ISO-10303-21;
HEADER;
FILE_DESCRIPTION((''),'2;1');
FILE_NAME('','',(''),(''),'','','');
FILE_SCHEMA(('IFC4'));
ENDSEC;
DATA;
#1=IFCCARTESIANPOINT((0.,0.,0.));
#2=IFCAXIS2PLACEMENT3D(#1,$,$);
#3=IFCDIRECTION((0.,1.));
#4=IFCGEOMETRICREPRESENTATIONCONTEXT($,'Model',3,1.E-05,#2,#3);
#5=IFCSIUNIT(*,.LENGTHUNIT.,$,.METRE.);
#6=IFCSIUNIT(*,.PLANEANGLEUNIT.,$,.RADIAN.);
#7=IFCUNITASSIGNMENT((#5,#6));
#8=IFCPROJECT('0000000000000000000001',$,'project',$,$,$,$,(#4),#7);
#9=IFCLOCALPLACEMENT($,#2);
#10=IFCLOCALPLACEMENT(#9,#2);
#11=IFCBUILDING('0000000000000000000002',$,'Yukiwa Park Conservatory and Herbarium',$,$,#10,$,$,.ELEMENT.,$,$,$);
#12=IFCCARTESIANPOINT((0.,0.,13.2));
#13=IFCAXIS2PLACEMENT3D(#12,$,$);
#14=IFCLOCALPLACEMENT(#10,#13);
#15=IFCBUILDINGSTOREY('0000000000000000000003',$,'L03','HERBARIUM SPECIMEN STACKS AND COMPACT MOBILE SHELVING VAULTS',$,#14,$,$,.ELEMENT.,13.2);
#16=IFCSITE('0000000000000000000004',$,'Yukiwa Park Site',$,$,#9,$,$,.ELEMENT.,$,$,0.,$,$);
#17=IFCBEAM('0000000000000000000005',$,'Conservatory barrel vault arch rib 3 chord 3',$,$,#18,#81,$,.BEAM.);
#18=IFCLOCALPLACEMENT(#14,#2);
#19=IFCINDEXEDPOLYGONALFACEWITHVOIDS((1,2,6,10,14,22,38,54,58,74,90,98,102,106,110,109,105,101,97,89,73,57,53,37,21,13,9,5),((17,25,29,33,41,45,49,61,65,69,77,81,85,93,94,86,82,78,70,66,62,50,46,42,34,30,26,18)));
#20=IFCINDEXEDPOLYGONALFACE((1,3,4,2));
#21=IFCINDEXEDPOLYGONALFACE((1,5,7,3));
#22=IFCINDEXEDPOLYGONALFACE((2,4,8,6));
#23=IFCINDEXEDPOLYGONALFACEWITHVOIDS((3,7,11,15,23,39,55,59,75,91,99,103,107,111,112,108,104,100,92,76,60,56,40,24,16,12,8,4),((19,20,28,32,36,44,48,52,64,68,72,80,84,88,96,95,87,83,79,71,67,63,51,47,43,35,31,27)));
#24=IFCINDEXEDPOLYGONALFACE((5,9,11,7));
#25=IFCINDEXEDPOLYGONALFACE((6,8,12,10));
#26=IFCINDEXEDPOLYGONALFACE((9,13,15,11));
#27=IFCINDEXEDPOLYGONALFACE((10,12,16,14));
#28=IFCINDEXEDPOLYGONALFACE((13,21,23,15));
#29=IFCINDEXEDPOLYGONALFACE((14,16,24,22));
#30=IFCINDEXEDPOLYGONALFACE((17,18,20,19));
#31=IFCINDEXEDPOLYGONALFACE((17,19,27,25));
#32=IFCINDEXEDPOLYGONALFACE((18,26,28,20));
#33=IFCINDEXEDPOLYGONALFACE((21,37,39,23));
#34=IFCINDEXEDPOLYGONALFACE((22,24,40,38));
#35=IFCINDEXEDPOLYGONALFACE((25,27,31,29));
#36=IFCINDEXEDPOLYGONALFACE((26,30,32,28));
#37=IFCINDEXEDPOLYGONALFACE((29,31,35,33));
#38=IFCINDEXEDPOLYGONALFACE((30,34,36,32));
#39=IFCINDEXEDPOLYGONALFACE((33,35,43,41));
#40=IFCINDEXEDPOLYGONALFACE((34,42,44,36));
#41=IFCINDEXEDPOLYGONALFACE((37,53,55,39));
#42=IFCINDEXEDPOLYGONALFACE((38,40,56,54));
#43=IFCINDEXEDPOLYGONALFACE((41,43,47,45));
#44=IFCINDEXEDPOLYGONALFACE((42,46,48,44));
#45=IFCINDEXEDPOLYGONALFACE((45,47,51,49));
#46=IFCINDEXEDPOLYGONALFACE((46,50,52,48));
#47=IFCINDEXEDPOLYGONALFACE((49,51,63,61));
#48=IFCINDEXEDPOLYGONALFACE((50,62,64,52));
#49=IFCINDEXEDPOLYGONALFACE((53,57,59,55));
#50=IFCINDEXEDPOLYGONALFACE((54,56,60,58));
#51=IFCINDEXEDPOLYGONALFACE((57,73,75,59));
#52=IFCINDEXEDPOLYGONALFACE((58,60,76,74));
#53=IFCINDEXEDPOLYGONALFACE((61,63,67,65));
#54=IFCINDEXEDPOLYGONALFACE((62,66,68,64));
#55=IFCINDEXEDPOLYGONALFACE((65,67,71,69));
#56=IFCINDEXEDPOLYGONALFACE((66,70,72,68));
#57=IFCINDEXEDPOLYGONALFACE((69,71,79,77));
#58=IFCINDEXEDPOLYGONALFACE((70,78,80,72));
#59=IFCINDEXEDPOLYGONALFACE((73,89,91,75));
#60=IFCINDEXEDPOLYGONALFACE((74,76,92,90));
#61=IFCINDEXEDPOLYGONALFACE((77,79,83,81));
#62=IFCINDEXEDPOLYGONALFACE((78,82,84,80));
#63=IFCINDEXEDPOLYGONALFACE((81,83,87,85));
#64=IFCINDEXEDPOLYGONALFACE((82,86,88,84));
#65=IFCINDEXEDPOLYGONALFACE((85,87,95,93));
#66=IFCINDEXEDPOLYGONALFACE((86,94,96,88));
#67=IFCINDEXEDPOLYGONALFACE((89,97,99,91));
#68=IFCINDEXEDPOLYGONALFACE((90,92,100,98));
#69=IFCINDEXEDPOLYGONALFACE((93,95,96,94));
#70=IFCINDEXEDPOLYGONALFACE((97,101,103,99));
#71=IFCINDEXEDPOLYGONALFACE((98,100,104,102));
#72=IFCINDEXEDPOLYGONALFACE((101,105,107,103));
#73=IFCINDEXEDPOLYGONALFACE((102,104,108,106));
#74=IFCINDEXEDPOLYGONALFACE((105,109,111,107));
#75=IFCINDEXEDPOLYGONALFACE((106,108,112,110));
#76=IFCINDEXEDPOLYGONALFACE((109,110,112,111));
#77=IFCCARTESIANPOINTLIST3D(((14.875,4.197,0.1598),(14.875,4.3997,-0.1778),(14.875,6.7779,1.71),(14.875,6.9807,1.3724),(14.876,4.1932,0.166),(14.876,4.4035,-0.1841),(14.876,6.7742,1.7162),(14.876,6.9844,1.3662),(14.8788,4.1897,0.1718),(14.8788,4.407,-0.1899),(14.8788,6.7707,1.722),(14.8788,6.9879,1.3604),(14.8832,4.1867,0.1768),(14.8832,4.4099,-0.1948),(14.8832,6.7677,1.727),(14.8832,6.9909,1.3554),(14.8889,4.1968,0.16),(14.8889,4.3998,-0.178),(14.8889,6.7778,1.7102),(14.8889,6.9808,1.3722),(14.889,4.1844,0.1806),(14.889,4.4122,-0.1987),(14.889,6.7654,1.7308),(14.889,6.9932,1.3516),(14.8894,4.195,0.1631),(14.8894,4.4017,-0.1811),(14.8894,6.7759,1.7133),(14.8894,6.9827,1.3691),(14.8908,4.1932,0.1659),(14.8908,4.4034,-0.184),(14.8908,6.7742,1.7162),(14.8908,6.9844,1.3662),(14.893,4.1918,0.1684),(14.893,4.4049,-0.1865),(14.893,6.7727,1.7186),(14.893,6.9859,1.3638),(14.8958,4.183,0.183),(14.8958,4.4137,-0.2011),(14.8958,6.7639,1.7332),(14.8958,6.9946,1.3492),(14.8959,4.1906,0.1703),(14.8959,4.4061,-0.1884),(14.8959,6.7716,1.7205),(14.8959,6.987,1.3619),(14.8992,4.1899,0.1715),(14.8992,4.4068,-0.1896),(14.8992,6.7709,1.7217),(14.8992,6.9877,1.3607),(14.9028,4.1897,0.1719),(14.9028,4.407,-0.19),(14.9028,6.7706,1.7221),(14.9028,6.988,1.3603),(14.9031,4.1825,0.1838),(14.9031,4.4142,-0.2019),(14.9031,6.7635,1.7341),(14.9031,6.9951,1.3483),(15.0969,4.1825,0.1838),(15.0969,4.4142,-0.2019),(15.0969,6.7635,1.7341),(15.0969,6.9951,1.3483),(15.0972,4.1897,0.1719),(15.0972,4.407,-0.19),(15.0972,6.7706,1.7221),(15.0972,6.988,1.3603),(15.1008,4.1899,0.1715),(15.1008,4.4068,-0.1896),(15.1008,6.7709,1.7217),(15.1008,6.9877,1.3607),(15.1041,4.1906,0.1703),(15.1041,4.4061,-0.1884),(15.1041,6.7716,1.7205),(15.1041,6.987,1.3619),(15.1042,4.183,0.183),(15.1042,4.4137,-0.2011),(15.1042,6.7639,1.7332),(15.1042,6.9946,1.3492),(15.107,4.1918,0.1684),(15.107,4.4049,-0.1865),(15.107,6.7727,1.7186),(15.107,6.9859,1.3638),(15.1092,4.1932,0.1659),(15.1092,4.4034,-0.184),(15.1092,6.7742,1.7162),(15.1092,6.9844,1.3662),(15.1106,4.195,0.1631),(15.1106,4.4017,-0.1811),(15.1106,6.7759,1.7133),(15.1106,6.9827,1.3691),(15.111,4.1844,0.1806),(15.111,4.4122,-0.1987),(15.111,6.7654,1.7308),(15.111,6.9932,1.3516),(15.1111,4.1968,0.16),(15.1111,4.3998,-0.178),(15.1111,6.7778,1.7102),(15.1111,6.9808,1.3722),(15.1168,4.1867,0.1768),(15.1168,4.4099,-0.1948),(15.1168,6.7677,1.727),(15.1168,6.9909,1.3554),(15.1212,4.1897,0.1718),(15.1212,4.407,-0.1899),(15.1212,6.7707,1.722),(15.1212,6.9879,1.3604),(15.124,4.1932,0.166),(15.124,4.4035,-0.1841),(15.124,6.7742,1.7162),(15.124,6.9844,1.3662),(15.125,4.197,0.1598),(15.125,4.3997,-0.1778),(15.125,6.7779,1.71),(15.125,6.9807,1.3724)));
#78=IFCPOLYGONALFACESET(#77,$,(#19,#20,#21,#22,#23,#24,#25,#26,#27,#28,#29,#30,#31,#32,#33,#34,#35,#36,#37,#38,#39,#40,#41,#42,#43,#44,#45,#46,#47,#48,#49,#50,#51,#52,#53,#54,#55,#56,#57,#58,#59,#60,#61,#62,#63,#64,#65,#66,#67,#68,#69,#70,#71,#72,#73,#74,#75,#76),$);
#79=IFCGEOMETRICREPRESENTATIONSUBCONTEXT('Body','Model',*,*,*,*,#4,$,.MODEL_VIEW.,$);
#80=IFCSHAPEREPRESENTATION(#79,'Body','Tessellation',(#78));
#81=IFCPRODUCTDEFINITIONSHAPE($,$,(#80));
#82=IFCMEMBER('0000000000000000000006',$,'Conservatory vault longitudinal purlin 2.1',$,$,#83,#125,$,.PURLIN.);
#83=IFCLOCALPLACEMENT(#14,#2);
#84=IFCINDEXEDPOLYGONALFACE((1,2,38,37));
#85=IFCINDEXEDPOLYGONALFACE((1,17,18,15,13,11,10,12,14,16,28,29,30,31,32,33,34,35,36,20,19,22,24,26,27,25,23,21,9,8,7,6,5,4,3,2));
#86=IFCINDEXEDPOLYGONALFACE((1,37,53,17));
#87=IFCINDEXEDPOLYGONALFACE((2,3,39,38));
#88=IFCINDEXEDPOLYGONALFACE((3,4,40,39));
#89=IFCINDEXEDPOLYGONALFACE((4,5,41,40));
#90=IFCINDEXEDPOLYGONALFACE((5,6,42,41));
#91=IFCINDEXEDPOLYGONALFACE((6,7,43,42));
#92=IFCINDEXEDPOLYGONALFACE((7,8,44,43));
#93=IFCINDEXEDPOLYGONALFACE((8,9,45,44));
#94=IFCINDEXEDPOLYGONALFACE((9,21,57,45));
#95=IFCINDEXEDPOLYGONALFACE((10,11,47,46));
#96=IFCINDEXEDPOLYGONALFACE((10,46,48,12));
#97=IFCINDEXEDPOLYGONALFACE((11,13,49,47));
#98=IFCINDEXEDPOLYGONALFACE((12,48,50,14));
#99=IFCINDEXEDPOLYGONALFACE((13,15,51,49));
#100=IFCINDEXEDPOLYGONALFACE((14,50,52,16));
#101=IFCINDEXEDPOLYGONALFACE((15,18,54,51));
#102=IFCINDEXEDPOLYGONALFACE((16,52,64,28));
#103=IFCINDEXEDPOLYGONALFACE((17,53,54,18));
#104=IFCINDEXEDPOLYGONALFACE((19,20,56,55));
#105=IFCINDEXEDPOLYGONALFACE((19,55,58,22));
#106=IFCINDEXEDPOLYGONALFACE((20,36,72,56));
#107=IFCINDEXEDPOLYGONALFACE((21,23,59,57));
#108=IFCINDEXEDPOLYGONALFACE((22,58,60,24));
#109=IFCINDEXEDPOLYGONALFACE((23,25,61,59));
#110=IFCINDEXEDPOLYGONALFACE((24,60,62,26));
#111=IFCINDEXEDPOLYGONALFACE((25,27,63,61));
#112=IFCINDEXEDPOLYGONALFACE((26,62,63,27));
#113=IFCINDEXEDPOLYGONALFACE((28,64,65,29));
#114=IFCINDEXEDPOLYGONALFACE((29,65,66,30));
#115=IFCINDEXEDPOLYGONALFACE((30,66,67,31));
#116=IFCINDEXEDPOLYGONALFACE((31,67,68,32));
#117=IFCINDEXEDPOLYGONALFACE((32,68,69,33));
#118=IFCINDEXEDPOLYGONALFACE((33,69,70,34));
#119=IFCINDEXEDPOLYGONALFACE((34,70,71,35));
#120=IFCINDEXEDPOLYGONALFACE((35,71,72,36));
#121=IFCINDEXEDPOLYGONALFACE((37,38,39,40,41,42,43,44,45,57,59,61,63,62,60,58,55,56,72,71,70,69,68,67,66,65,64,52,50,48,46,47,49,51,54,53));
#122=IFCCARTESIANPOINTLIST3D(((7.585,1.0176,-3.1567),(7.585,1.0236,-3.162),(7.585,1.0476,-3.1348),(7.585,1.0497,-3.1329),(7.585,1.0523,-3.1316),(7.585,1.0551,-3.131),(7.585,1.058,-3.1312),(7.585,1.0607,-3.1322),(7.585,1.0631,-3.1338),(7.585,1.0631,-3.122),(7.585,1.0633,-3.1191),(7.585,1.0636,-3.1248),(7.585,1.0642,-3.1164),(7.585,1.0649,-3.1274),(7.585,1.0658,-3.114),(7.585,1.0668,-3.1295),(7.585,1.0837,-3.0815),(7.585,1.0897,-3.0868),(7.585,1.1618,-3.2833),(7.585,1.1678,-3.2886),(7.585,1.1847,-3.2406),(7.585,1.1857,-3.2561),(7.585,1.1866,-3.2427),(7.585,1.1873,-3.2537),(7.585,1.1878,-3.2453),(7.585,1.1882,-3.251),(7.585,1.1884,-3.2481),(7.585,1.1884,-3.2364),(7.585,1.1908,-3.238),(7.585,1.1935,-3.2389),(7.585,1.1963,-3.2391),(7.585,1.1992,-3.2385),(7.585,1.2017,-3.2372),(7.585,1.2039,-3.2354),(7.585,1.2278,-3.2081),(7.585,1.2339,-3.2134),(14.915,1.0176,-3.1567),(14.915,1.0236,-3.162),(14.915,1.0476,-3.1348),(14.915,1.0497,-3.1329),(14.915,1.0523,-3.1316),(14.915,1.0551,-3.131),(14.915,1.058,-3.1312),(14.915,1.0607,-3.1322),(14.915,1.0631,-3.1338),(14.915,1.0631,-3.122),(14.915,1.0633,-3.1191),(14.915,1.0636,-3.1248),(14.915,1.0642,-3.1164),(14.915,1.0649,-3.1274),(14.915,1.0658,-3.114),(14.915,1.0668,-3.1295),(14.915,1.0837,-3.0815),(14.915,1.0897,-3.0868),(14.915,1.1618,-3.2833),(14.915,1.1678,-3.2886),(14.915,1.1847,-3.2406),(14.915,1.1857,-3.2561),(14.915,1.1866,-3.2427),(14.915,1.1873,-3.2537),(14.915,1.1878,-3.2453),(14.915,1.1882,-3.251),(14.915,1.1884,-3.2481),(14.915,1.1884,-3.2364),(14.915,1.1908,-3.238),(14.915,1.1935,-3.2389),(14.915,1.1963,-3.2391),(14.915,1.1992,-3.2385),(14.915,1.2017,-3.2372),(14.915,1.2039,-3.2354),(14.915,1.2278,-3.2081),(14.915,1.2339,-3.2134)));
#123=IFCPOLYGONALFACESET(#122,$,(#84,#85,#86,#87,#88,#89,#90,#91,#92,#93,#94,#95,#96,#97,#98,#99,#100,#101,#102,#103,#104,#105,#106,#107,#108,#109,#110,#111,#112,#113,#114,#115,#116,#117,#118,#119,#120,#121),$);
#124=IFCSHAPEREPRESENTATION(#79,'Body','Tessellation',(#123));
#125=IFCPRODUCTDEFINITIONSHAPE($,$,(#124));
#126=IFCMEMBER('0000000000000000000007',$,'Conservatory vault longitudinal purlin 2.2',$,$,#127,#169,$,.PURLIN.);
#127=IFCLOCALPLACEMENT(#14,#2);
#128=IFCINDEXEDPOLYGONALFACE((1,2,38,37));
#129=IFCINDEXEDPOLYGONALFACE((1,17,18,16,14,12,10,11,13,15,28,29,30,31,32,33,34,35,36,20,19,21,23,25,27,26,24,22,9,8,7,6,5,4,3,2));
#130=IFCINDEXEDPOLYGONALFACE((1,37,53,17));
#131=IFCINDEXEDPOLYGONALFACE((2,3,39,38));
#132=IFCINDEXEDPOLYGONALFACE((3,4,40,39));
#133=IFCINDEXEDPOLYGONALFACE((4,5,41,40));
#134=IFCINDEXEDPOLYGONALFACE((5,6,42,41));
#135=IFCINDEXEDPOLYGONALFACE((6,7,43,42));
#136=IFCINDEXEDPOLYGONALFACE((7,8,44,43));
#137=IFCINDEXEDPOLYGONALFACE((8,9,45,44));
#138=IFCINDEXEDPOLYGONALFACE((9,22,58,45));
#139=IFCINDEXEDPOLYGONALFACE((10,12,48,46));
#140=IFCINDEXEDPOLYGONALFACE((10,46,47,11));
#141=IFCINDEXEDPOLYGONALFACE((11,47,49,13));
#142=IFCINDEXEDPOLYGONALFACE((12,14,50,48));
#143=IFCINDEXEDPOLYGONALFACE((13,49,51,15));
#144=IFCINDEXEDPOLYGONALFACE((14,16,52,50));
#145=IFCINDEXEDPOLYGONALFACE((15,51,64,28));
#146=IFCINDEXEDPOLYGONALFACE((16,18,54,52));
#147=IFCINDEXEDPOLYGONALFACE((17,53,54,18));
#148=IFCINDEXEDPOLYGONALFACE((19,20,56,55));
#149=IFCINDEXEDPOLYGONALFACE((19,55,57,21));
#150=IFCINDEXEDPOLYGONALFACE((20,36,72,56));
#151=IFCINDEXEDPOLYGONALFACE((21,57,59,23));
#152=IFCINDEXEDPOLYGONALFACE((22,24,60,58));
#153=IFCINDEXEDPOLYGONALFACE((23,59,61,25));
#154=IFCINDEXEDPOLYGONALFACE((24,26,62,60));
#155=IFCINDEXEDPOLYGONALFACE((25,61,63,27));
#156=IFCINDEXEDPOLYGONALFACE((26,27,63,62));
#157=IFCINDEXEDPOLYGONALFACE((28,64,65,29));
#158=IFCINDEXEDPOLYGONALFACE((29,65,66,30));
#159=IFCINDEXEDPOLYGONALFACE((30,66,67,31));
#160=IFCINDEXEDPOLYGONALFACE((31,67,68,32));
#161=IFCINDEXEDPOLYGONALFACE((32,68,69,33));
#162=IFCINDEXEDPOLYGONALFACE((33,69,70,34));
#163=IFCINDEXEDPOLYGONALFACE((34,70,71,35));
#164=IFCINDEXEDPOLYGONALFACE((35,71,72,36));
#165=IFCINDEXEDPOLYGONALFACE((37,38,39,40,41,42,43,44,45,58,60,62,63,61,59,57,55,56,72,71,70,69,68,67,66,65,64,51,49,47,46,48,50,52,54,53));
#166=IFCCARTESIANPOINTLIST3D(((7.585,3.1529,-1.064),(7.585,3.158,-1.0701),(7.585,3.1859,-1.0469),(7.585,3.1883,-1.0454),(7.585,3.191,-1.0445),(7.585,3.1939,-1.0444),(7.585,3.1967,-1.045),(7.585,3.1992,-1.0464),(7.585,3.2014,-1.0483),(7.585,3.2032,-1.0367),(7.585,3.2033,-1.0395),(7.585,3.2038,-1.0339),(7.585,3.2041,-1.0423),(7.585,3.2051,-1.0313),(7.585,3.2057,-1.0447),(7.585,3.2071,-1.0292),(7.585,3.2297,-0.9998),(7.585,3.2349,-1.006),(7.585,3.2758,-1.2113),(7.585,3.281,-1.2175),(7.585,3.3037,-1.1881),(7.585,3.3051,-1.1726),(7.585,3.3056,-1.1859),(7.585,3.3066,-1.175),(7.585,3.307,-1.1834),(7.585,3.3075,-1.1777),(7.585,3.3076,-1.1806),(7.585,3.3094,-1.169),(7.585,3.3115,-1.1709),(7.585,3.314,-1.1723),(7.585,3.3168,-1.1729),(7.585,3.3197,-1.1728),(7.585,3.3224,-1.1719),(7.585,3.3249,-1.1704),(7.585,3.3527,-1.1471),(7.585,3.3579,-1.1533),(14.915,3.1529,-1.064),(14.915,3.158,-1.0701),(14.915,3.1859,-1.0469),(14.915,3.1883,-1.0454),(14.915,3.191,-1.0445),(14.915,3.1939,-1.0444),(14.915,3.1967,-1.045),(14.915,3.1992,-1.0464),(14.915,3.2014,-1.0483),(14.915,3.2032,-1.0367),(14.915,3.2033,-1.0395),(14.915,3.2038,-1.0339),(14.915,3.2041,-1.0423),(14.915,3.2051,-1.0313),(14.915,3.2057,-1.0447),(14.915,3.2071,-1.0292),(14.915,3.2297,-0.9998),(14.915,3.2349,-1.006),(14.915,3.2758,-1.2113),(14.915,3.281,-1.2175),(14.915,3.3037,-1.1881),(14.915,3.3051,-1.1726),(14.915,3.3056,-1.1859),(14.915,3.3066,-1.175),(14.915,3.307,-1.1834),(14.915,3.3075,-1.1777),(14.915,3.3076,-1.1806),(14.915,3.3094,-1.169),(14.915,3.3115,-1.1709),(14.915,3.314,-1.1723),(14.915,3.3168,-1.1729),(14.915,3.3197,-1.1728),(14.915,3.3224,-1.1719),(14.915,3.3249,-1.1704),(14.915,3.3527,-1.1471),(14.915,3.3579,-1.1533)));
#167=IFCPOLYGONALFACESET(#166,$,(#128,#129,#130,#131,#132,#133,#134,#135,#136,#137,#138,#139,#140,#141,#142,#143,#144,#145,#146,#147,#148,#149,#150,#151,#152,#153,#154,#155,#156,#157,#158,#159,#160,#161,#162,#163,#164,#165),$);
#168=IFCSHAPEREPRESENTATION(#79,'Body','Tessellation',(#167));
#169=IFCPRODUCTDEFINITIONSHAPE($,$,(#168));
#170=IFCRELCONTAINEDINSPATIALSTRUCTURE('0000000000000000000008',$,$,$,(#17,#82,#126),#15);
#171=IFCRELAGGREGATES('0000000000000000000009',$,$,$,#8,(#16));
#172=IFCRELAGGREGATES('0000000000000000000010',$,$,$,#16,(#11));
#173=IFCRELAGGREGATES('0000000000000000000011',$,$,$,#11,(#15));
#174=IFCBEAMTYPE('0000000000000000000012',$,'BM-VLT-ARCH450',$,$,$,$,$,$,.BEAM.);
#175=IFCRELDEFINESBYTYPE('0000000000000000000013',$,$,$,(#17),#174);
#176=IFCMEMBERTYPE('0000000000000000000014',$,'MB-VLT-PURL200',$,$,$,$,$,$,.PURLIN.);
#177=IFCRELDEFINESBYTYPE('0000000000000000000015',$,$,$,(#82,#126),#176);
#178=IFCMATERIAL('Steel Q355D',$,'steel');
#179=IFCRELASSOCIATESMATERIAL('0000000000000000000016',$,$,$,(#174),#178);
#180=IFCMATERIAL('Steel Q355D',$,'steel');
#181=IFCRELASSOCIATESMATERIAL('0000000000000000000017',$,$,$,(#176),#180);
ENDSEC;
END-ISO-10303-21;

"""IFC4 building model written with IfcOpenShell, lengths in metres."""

from ifc_helpers import new_model, si_unit, direction, frame, origin, origin_2d, place, context, subcontext, project, spatial, hollow_rectangle, i_section, extrude, material, material_profile, profile_set, type_object, element, save


model = new_model("IFC4")

# Units and contexts
model_context = context("Model", 3, precision=1e-05, world=origin(), true_north=direction((0.0, 1.0)))
body_context = subcontext(model_context, "Body", "Model", "MODEL_VIEW")
ifc_project = project(units=[si_unit("LENGTHUNIT", "METRE"), si_unit("PLANEANGLEUNIT", "RADIAN")], contexts=[model_context])

# Site, building, storey
site_placement = place(None, origin())
site = spatial("IfcSite", under=ifc_project, at=site_placement, Name="Yukiwa Park Site", CompositionType="ELEMENT", RefElevation=0.0)
building_placement = place(site_placement, origin())
building = spatial("IfcBuilding", under=site, at=building_placement, Name="Yukiwa Park Conservatory and Herbarium", CompositionType="ELEMENT")
storey_placement = place(building_placement, frame((0.0, 0.0, 13.2)))
storey = spatial("IfcBuildingStorey", under=building, at=storey_placement, Name="L03", Description="HERBARIUM SPECIMEN STACKS AND COMPACT MOBILE SHELVING VAULTS", CompositionType="ELEMENT", Elevation=13.2)

# Beam
ifc_material_1 = material(Name="Steel Q355D", Category="steel")
ifc_material_profile_1 = material_profile(ifc_material_1, hollow_rectangle(XDim=0.25, YDim=0.45, WallThickness=0.0139, InnerFilletRadius=0.0139, OuterFilletRadius=0.0281, at=origin_2d()), Name="RHS 450x250x14")
ifc_profile_set_1 = profile_set([ifc_material_profile_1], Name="Steel Q355D")
beam_type = type_object("IfcBeamType", Name="BM-VLT-ARCH450", PredefinedType="BEAM", material=ifc_profile_set_1)
beam_1_placement = place(storey_placement, frame((15.0, 4.2983, -0.009), z_axis=(0.0, 0.85725, 0.514901), x_axis=(-1.0, 0.0, 0.0)))
element("IfcBeam", 1, at=beam_1_placement, inside=storey, type_object=beam_type, Name="Conservatory barrel vault arch rib 3 chord 3", PredefinedType="BEAM", context=body_context, shape_type="SweptSolid", body=[
    extrude(hollow_rectangle(XDim=0.25, YDim=0.45, WallThickness=0.0139, InnerFilletRadius=0.0139, OuterFilletRadius=0.0281, at=origin_2d()), origin(), (0.0, 0.0, 1.0), 3.0107),
])

# Members
ifc_material_2 = material(Name="Steel Q355D", Category="steel")
ifc_material_profile_2 = material_profile(ifc_material_2, i_section(OverallWidth=0.1001, OverallDepth=0.2, WebThickness=0.0056, FlangeThickness=0.0081, FilletRadius=0.011, at=origin_2d()), Name="HN 200x100x5.5x8")
ifc_profile_set_2 = profile_set([ifc_material_profile_2], Name="Steel Q355D")
member_type_1 = type_object("IfcMemberType", Name="MB-VLT-PURL200", PredefinedType="PURLIN", material=ifc_profile_set_2)
for number, where, z_axis, x_axis, name in (
    (2, (7.585, 1.1257, -3.1851), (1.0, 0.0, 0.0), (0.0, 0.659968, 0.751294), "Conservatory vault longitudinal purlin 2.1"),
    (3, (7.585, 3.2554, -1.1086), (1.0, 0.0, 0.0), (0.0, 0.767751, 0.640748), "Conservatory vault longitudinal purlin 2.2"),
):
    element("IfcMember", number, at=place(storey_placement, frame(where, z_axis=z_axis, x_axis=x_axis)), inside=storey, type_object=member_type_1, Name=name, PredefinedType="PURLIN", context=body_context, shape_type="SweptSolid", body=[
        extrude(i_section(OverallWidth=0.1001, OverallDepth=0.2, WebThickness=0.0056, FlangeThickness=0.0081, FilletRadius=0.011, at=origin_2d()), origin(), (0.0, 0.0, 1.0), 7.3301),
    ])

save(model, "model.ifc")
